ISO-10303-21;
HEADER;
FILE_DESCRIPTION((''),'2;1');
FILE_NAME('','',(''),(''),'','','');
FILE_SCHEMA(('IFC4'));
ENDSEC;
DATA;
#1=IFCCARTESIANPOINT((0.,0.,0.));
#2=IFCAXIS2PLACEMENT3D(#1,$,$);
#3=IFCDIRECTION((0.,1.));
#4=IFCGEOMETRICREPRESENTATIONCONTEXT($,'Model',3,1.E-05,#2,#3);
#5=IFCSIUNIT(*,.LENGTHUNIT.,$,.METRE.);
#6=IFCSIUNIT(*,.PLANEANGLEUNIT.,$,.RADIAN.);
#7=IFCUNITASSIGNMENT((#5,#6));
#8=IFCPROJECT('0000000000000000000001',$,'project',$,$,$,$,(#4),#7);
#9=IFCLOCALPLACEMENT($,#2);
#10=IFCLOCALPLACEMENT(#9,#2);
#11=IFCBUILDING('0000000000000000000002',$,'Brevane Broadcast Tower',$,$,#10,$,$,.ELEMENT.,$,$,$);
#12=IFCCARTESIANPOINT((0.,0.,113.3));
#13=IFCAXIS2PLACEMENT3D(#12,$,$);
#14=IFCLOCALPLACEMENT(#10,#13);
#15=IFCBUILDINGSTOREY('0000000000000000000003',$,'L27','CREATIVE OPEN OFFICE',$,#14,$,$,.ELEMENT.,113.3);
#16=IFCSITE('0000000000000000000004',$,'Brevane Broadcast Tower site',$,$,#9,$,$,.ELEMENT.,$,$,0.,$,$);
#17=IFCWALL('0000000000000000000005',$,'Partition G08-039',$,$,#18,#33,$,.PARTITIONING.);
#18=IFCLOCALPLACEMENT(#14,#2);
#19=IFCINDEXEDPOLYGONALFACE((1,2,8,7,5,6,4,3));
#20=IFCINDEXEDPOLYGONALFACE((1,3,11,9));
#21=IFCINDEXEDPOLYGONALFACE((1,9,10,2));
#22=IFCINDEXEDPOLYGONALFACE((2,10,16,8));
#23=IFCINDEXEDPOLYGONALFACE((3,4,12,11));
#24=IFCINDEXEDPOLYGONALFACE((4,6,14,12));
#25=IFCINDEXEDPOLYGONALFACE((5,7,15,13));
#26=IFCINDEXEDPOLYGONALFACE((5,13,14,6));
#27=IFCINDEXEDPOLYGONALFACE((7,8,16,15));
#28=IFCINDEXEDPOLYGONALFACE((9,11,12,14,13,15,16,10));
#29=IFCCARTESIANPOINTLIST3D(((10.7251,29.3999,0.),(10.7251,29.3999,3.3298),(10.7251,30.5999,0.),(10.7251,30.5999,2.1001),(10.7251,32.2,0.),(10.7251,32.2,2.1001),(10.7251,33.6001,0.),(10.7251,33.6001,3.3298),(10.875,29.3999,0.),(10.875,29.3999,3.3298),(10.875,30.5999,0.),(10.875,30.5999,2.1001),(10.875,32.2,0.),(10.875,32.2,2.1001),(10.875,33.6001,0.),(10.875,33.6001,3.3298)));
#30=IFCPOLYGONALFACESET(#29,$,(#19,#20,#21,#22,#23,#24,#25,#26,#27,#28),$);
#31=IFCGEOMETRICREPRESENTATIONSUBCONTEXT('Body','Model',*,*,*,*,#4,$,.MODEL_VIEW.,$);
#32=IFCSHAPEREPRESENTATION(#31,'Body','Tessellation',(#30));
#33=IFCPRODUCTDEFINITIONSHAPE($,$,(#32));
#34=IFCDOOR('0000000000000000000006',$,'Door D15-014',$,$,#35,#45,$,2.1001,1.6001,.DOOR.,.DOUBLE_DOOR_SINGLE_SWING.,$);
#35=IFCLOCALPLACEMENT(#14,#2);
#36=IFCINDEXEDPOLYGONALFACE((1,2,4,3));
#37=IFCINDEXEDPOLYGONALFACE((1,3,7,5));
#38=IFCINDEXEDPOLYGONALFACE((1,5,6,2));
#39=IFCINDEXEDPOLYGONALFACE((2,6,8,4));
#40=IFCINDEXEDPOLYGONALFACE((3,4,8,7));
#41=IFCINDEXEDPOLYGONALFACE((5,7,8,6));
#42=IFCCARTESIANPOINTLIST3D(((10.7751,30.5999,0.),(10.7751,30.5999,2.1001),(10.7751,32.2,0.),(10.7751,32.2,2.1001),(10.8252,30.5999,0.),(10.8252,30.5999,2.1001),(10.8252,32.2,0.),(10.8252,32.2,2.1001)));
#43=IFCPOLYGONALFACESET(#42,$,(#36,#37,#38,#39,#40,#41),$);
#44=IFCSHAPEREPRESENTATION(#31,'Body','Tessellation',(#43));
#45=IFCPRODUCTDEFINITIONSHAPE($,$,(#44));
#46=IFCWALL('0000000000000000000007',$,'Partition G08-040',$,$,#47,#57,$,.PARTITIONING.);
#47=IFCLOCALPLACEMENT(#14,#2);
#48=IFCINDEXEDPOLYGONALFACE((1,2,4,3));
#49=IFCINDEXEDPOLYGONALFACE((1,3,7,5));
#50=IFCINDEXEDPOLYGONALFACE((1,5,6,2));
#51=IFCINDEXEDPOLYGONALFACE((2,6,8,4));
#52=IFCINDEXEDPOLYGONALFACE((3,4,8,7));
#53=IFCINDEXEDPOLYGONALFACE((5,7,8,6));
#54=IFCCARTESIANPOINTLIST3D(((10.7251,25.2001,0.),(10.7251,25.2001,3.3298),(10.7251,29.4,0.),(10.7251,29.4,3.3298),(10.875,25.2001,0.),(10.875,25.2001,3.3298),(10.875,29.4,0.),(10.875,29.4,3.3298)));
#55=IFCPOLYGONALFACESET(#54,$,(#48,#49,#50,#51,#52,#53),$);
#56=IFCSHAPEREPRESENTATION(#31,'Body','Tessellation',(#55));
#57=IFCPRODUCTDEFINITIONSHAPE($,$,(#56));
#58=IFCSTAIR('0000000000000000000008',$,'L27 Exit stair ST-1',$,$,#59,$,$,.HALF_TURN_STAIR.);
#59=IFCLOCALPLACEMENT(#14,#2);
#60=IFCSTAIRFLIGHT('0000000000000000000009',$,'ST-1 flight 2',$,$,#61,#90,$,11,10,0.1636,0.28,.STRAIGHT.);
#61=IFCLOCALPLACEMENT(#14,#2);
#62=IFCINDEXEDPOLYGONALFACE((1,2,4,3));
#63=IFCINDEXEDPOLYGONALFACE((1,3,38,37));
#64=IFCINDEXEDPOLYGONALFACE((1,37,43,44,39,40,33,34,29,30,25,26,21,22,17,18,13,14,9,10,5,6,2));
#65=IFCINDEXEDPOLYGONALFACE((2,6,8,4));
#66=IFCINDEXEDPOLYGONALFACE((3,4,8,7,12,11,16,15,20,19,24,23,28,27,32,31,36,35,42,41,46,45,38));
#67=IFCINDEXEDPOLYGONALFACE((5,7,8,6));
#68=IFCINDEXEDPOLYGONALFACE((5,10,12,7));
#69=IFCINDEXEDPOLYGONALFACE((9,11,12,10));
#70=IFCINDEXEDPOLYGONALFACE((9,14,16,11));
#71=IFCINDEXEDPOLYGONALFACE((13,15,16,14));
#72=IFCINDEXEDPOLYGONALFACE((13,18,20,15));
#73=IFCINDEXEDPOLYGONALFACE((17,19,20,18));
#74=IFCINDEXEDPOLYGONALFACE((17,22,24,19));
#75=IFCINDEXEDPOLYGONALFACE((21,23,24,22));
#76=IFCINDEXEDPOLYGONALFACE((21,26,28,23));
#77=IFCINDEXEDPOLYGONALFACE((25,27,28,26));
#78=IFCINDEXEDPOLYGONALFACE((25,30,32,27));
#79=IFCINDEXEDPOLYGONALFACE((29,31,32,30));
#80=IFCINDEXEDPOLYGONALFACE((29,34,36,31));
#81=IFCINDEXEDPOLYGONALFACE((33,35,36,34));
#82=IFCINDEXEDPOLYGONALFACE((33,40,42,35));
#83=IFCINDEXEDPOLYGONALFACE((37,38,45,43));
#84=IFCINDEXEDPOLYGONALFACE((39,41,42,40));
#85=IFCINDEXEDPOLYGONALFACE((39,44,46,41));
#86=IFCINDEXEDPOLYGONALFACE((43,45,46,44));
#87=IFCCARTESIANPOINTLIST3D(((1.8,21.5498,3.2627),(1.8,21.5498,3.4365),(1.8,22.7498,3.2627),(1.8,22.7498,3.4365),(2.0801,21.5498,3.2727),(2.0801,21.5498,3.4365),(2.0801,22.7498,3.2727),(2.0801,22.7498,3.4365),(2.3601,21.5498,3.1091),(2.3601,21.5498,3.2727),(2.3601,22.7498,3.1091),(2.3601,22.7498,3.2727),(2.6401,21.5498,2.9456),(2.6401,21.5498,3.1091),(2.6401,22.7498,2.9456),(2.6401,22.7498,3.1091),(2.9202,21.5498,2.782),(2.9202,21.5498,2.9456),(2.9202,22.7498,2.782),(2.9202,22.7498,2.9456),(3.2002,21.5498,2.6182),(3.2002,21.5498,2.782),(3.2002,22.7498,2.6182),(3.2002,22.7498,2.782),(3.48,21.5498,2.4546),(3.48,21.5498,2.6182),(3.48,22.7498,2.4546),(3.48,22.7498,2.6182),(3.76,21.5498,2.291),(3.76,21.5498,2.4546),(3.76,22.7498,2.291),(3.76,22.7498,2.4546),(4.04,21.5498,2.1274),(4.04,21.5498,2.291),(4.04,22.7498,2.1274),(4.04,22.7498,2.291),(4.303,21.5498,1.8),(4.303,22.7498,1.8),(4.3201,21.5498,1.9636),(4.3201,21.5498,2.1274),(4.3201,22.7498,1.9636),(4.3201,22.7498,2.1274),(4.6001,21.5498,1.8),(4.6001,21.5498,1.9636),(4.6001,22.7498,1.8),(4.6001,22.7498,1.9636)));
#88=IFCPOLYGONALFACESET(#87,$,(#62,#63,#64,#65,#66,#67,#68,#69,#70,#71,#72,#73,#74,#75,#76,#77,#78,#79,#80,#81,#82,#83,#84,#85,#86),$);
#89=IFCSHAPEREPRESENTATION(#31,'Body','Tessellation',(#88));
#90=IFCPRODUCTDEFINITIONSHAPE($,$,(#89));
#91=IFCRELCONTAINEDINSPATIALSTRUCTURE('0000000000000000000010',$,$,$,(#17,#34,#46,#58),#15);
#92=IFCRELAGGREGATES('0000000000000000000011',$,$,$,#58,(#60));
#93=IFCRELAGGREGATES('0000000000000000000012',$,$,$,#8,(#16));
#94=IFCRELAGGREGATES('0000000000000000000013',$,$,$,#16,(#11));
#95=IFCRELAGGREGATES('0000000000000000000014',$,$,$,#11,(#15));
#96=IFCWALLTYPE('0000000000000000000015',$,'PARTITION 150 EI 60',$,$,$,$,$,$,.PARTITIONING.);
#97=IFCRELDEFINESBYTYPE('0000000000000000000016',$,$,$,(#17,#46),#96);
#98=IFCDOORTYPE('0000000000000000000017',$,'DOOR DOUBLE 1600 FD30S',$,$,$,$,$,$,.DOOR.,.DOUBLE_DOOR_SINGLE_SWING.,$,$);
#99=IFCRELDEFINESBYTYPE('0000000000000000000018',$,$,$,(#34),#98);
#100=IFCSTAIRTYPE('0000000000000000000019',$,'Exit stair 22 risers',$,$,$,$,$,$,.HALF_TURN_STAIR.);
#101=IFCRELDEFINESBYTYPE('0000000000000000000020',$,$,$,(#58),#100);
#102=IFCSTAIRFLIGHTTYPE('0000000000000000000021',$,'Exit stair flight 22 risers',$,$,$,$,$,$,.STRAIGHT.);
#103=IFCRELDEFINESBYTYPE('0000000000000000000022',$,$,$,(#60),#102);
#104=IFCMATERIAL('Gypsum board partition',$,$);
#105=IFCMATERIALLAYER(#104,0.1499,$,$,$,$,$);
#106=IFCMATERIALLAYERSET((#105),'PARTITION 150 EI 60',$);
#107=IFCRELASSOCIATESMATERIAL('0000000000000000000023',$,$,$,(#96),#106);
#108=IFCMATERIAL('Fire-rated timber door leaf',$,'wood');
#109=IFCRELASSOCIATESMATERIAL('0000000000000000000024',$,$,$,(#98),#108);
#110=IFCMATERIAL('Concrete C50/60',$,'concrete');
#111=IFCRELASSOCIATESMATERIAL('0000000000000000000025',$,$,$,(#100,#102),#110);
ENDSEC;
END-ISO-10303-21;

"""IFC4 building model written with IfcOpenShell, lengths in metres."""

from ifc_helpers import new_model, si_unit, direction, frame, frame_2d, origin, place, context, subcontext, project, spatial, polyline, rectangle, outline, extrude, material, layer, layer_set, type_object, element, fill, aggregate, save


model = new_model("IFC4")

# Units and contexts
model_context = context("Model", 3, precision=1e-05, world=origin(), true_north=direction((0.0, 1.0)))
body_context = subcontext(model_context, "Body", "Model", "MODEL_VIEW")
ifc_project = project(units=[si_unit("LENGTHUNIT", "METRE"), si_unit("PLANEANGLEUNIT", "RADIAN")], contexts=[model_context])

# Site, building, storey
site_placement = place(None, origin())
site = spatial("IfcSite", under=ifc_project, at=site_placement, Name="Brevane Broadcast Tower site", CompositionType="ELEMENT", RefElevation=0.0)
building_placement = place(site_placement, origin())
building = spatial("IfcBuilding", under=site, at=building_placement, Name="Brevane Broadcast Tower", CompositionType="ELEMENT")
storey_placement = place(building_placement, frame((0.0, 0.0, 113.3)))
storey = spatial("IfcBuildingStorey", under=building, at=storey_placement, Name="L27", Description="CREATIVE OPEN OFFICE", CompositionType="ELEMENT", Elevation=113.3)

# Shared definitions
ifc_material_1 = material(Name="Gypsum board partition")

# Wall, opening, door
ifc_layer_1 = layer(ifc_material_1, 0.1499)
ifc_layer_set_1 = layer_set([ifc_layer_1], Name="PARTITION 150 EI 60")
wall_type_1 = type_object("IfcWallType", Name="PARTITION 150 EI 60", PredefinedType="PARTITIONING", material=ifc_layer_set_1)
wall_1_placement = place(storey_placement, frame((10.8, 29.3999, 0.0), z_axis=(0.0, 0.0, 1.0), x_axis=(0.0, 1.0, 0.0)))
wall_1 = element("IfcWall", 1, at=wall_1_placement, inside=storey, type_object=wall_type_1, Name="Partition G08-039", PredefinedType="PARTITIONING", context=body_context, shape_type="SweptSolid", body=[
    extrude(rectangle(XDim=4.2002, YDim=0.1499, at=frame_2d((2.1001, 0.0))), origin(), (0.0, 0.0, 1.0), 3.3298),
])
opening_1_placement = place(wall_1_placement, frame((1.2, 0.0, 0.0)))
opening_1 = element("IfcOpeningElement", 2, at=opening_1_placement, cuts=wall_1, PredefinedType="OPENING", context=body_context, shape_type="SweptSolid", body=[
    extrude(rectangle(XDim=1.6001, YDim=2.1001, at=frame_2d((0.8, 1.05))), frame((0.0, 0.085, 0.0), z_axis=(0.0, -1.0, 0.0), x_axis=(1.0, 0.0, 0.0)), (0.0, 0.0, 1.0), 0.1699),
])
ifc_material_2 = material(Name="Fire-rated timber door leaf", Category="wood")
door_type_1 = type_object("IfcDoorType", Name="DOOR DOUBLE 1600 FD30S", OperationType="DOUBLE_DOOR_SINGLE_SWING", PredefinedType="DOOR", material=ifc_material_2)
door_1_placement = place(opening_1_placement, origin())
door_1 = element("IfcDoor", 3, at=door_1_placement, inside=storey, type_object=door_type_1, Name="Door D15-014", OperationType="DOUBLE_DOOR_SINGLE_SWING", OverallHeight=2.1001, OverallWidth=1.6001, PredefinedType="DOOR", context=body_context, shape_type="SweptSolid", body=[
    extrude(rectangle(XDim=1.6001, YDim=2.1001, at=frame_2d((0.8, 1.05))), frame((0.0, 0.0249, 0.0), z_axis=(0.0, -1.0, 0.0), x_axis=(1.0, 0.0, 0.0)), (0.0, 0.0, 1.0), 0.05),
])
fill(opening_1, door_1)

# Wall
wall_2_placement = place(storey_placement, frame((10.8, 25.2, 0.0), z_axis=(0.0, 0.0, 1.0), x_axis=(0.0, 1.0, 0.0)))
element("IfcWall", 4, at=wall_2_placement, inside=storey, type_object=wall_type_1, Name="Partition G08-040", PredefinedType="PARTITIONING", context=body_context, shape_type="SweptSolid", body=[
    extrude(rectangle(XDim=4.2, YDim=0.1499, at=frame_2d((2.1001, 0.0))), origin(), (0.0, 0.0, 1.0), 3.3298),
])

# Stair, stair flight
ifc_material_3 = material(Name="Concrete C50/60", Category="concrete")
stair_type = type_object("IfcStairType", Name="Exit stair 22 risers", PredefinedType="HALF_TURN_STAIR", material=ifc_material_3)
stair_placement = place(storey_placement, origin())
stair = element("IfcStair", 5, at=stair_placement, inside=storey, type_object=stair_type, Name="L27 Exit stair ST-1", PredefinedType="HALF_TURN_STAIR")
stair_flight_type = type_object("IfcStairFlightType", Name="Exit stair flight 22 risers", PredefinedType="STRAIGHT", material=ifc_material_3)
stair_flight_placement = place(storey_placement, frame((4.6001, 22.1499, 1.8), z_axis=(0.0, 0.0, 1.0), x_axis=(-1.0, 0.0, 0.0)))
stair_flight = element("IfcStairFlight", 6, at=stair_flight_placement, type_object=stair_flight_type, Name="ST-1 flight 2", NumberOfRisers=11, NumberOfTreads=10, PredefinedType="STRAIGHT", RiserHeight=0.1636, TreadLength=0.28, context=body_context, shape_type="SweptSolid", body=[
    extrude(outline(polyline([(0.0, 0.0), (0.0, 0.1636), (0.28, 0.1636), (0.28, 0.3274), (0.5601, 0.3274), (0.5601, 0.491), (0.8401, 0.491), (0.8401, 0.6545), (1.1201, 0.6545), (1.1201, 0.8181), (1.3999, 0.8181), (1.3999, 0.9819), (1.6799, 0.9819), (1.6799, 1.1455), (1.96, 1.1455), (1.96, 1.3091), (2.24, 1.3091), (2.24, 1.4727), (2.52, 1.4727), (2.52, 1.6365), (2.8, 1.6365), (2.8, 1.8), (2.8, 1.4626), (0.2971, 0.0), (0.0, 0.0)])), frame((0.0, 0.6001, 0.0), z_axis=(0.0, -1.0, 0.0), x_axis=(1.0, 0.0, 0.0)), (0.0, 0.0, 1.0), 1.2),
])
aggregate(stair, [stair_flight])

save(model, "model.ifc")
